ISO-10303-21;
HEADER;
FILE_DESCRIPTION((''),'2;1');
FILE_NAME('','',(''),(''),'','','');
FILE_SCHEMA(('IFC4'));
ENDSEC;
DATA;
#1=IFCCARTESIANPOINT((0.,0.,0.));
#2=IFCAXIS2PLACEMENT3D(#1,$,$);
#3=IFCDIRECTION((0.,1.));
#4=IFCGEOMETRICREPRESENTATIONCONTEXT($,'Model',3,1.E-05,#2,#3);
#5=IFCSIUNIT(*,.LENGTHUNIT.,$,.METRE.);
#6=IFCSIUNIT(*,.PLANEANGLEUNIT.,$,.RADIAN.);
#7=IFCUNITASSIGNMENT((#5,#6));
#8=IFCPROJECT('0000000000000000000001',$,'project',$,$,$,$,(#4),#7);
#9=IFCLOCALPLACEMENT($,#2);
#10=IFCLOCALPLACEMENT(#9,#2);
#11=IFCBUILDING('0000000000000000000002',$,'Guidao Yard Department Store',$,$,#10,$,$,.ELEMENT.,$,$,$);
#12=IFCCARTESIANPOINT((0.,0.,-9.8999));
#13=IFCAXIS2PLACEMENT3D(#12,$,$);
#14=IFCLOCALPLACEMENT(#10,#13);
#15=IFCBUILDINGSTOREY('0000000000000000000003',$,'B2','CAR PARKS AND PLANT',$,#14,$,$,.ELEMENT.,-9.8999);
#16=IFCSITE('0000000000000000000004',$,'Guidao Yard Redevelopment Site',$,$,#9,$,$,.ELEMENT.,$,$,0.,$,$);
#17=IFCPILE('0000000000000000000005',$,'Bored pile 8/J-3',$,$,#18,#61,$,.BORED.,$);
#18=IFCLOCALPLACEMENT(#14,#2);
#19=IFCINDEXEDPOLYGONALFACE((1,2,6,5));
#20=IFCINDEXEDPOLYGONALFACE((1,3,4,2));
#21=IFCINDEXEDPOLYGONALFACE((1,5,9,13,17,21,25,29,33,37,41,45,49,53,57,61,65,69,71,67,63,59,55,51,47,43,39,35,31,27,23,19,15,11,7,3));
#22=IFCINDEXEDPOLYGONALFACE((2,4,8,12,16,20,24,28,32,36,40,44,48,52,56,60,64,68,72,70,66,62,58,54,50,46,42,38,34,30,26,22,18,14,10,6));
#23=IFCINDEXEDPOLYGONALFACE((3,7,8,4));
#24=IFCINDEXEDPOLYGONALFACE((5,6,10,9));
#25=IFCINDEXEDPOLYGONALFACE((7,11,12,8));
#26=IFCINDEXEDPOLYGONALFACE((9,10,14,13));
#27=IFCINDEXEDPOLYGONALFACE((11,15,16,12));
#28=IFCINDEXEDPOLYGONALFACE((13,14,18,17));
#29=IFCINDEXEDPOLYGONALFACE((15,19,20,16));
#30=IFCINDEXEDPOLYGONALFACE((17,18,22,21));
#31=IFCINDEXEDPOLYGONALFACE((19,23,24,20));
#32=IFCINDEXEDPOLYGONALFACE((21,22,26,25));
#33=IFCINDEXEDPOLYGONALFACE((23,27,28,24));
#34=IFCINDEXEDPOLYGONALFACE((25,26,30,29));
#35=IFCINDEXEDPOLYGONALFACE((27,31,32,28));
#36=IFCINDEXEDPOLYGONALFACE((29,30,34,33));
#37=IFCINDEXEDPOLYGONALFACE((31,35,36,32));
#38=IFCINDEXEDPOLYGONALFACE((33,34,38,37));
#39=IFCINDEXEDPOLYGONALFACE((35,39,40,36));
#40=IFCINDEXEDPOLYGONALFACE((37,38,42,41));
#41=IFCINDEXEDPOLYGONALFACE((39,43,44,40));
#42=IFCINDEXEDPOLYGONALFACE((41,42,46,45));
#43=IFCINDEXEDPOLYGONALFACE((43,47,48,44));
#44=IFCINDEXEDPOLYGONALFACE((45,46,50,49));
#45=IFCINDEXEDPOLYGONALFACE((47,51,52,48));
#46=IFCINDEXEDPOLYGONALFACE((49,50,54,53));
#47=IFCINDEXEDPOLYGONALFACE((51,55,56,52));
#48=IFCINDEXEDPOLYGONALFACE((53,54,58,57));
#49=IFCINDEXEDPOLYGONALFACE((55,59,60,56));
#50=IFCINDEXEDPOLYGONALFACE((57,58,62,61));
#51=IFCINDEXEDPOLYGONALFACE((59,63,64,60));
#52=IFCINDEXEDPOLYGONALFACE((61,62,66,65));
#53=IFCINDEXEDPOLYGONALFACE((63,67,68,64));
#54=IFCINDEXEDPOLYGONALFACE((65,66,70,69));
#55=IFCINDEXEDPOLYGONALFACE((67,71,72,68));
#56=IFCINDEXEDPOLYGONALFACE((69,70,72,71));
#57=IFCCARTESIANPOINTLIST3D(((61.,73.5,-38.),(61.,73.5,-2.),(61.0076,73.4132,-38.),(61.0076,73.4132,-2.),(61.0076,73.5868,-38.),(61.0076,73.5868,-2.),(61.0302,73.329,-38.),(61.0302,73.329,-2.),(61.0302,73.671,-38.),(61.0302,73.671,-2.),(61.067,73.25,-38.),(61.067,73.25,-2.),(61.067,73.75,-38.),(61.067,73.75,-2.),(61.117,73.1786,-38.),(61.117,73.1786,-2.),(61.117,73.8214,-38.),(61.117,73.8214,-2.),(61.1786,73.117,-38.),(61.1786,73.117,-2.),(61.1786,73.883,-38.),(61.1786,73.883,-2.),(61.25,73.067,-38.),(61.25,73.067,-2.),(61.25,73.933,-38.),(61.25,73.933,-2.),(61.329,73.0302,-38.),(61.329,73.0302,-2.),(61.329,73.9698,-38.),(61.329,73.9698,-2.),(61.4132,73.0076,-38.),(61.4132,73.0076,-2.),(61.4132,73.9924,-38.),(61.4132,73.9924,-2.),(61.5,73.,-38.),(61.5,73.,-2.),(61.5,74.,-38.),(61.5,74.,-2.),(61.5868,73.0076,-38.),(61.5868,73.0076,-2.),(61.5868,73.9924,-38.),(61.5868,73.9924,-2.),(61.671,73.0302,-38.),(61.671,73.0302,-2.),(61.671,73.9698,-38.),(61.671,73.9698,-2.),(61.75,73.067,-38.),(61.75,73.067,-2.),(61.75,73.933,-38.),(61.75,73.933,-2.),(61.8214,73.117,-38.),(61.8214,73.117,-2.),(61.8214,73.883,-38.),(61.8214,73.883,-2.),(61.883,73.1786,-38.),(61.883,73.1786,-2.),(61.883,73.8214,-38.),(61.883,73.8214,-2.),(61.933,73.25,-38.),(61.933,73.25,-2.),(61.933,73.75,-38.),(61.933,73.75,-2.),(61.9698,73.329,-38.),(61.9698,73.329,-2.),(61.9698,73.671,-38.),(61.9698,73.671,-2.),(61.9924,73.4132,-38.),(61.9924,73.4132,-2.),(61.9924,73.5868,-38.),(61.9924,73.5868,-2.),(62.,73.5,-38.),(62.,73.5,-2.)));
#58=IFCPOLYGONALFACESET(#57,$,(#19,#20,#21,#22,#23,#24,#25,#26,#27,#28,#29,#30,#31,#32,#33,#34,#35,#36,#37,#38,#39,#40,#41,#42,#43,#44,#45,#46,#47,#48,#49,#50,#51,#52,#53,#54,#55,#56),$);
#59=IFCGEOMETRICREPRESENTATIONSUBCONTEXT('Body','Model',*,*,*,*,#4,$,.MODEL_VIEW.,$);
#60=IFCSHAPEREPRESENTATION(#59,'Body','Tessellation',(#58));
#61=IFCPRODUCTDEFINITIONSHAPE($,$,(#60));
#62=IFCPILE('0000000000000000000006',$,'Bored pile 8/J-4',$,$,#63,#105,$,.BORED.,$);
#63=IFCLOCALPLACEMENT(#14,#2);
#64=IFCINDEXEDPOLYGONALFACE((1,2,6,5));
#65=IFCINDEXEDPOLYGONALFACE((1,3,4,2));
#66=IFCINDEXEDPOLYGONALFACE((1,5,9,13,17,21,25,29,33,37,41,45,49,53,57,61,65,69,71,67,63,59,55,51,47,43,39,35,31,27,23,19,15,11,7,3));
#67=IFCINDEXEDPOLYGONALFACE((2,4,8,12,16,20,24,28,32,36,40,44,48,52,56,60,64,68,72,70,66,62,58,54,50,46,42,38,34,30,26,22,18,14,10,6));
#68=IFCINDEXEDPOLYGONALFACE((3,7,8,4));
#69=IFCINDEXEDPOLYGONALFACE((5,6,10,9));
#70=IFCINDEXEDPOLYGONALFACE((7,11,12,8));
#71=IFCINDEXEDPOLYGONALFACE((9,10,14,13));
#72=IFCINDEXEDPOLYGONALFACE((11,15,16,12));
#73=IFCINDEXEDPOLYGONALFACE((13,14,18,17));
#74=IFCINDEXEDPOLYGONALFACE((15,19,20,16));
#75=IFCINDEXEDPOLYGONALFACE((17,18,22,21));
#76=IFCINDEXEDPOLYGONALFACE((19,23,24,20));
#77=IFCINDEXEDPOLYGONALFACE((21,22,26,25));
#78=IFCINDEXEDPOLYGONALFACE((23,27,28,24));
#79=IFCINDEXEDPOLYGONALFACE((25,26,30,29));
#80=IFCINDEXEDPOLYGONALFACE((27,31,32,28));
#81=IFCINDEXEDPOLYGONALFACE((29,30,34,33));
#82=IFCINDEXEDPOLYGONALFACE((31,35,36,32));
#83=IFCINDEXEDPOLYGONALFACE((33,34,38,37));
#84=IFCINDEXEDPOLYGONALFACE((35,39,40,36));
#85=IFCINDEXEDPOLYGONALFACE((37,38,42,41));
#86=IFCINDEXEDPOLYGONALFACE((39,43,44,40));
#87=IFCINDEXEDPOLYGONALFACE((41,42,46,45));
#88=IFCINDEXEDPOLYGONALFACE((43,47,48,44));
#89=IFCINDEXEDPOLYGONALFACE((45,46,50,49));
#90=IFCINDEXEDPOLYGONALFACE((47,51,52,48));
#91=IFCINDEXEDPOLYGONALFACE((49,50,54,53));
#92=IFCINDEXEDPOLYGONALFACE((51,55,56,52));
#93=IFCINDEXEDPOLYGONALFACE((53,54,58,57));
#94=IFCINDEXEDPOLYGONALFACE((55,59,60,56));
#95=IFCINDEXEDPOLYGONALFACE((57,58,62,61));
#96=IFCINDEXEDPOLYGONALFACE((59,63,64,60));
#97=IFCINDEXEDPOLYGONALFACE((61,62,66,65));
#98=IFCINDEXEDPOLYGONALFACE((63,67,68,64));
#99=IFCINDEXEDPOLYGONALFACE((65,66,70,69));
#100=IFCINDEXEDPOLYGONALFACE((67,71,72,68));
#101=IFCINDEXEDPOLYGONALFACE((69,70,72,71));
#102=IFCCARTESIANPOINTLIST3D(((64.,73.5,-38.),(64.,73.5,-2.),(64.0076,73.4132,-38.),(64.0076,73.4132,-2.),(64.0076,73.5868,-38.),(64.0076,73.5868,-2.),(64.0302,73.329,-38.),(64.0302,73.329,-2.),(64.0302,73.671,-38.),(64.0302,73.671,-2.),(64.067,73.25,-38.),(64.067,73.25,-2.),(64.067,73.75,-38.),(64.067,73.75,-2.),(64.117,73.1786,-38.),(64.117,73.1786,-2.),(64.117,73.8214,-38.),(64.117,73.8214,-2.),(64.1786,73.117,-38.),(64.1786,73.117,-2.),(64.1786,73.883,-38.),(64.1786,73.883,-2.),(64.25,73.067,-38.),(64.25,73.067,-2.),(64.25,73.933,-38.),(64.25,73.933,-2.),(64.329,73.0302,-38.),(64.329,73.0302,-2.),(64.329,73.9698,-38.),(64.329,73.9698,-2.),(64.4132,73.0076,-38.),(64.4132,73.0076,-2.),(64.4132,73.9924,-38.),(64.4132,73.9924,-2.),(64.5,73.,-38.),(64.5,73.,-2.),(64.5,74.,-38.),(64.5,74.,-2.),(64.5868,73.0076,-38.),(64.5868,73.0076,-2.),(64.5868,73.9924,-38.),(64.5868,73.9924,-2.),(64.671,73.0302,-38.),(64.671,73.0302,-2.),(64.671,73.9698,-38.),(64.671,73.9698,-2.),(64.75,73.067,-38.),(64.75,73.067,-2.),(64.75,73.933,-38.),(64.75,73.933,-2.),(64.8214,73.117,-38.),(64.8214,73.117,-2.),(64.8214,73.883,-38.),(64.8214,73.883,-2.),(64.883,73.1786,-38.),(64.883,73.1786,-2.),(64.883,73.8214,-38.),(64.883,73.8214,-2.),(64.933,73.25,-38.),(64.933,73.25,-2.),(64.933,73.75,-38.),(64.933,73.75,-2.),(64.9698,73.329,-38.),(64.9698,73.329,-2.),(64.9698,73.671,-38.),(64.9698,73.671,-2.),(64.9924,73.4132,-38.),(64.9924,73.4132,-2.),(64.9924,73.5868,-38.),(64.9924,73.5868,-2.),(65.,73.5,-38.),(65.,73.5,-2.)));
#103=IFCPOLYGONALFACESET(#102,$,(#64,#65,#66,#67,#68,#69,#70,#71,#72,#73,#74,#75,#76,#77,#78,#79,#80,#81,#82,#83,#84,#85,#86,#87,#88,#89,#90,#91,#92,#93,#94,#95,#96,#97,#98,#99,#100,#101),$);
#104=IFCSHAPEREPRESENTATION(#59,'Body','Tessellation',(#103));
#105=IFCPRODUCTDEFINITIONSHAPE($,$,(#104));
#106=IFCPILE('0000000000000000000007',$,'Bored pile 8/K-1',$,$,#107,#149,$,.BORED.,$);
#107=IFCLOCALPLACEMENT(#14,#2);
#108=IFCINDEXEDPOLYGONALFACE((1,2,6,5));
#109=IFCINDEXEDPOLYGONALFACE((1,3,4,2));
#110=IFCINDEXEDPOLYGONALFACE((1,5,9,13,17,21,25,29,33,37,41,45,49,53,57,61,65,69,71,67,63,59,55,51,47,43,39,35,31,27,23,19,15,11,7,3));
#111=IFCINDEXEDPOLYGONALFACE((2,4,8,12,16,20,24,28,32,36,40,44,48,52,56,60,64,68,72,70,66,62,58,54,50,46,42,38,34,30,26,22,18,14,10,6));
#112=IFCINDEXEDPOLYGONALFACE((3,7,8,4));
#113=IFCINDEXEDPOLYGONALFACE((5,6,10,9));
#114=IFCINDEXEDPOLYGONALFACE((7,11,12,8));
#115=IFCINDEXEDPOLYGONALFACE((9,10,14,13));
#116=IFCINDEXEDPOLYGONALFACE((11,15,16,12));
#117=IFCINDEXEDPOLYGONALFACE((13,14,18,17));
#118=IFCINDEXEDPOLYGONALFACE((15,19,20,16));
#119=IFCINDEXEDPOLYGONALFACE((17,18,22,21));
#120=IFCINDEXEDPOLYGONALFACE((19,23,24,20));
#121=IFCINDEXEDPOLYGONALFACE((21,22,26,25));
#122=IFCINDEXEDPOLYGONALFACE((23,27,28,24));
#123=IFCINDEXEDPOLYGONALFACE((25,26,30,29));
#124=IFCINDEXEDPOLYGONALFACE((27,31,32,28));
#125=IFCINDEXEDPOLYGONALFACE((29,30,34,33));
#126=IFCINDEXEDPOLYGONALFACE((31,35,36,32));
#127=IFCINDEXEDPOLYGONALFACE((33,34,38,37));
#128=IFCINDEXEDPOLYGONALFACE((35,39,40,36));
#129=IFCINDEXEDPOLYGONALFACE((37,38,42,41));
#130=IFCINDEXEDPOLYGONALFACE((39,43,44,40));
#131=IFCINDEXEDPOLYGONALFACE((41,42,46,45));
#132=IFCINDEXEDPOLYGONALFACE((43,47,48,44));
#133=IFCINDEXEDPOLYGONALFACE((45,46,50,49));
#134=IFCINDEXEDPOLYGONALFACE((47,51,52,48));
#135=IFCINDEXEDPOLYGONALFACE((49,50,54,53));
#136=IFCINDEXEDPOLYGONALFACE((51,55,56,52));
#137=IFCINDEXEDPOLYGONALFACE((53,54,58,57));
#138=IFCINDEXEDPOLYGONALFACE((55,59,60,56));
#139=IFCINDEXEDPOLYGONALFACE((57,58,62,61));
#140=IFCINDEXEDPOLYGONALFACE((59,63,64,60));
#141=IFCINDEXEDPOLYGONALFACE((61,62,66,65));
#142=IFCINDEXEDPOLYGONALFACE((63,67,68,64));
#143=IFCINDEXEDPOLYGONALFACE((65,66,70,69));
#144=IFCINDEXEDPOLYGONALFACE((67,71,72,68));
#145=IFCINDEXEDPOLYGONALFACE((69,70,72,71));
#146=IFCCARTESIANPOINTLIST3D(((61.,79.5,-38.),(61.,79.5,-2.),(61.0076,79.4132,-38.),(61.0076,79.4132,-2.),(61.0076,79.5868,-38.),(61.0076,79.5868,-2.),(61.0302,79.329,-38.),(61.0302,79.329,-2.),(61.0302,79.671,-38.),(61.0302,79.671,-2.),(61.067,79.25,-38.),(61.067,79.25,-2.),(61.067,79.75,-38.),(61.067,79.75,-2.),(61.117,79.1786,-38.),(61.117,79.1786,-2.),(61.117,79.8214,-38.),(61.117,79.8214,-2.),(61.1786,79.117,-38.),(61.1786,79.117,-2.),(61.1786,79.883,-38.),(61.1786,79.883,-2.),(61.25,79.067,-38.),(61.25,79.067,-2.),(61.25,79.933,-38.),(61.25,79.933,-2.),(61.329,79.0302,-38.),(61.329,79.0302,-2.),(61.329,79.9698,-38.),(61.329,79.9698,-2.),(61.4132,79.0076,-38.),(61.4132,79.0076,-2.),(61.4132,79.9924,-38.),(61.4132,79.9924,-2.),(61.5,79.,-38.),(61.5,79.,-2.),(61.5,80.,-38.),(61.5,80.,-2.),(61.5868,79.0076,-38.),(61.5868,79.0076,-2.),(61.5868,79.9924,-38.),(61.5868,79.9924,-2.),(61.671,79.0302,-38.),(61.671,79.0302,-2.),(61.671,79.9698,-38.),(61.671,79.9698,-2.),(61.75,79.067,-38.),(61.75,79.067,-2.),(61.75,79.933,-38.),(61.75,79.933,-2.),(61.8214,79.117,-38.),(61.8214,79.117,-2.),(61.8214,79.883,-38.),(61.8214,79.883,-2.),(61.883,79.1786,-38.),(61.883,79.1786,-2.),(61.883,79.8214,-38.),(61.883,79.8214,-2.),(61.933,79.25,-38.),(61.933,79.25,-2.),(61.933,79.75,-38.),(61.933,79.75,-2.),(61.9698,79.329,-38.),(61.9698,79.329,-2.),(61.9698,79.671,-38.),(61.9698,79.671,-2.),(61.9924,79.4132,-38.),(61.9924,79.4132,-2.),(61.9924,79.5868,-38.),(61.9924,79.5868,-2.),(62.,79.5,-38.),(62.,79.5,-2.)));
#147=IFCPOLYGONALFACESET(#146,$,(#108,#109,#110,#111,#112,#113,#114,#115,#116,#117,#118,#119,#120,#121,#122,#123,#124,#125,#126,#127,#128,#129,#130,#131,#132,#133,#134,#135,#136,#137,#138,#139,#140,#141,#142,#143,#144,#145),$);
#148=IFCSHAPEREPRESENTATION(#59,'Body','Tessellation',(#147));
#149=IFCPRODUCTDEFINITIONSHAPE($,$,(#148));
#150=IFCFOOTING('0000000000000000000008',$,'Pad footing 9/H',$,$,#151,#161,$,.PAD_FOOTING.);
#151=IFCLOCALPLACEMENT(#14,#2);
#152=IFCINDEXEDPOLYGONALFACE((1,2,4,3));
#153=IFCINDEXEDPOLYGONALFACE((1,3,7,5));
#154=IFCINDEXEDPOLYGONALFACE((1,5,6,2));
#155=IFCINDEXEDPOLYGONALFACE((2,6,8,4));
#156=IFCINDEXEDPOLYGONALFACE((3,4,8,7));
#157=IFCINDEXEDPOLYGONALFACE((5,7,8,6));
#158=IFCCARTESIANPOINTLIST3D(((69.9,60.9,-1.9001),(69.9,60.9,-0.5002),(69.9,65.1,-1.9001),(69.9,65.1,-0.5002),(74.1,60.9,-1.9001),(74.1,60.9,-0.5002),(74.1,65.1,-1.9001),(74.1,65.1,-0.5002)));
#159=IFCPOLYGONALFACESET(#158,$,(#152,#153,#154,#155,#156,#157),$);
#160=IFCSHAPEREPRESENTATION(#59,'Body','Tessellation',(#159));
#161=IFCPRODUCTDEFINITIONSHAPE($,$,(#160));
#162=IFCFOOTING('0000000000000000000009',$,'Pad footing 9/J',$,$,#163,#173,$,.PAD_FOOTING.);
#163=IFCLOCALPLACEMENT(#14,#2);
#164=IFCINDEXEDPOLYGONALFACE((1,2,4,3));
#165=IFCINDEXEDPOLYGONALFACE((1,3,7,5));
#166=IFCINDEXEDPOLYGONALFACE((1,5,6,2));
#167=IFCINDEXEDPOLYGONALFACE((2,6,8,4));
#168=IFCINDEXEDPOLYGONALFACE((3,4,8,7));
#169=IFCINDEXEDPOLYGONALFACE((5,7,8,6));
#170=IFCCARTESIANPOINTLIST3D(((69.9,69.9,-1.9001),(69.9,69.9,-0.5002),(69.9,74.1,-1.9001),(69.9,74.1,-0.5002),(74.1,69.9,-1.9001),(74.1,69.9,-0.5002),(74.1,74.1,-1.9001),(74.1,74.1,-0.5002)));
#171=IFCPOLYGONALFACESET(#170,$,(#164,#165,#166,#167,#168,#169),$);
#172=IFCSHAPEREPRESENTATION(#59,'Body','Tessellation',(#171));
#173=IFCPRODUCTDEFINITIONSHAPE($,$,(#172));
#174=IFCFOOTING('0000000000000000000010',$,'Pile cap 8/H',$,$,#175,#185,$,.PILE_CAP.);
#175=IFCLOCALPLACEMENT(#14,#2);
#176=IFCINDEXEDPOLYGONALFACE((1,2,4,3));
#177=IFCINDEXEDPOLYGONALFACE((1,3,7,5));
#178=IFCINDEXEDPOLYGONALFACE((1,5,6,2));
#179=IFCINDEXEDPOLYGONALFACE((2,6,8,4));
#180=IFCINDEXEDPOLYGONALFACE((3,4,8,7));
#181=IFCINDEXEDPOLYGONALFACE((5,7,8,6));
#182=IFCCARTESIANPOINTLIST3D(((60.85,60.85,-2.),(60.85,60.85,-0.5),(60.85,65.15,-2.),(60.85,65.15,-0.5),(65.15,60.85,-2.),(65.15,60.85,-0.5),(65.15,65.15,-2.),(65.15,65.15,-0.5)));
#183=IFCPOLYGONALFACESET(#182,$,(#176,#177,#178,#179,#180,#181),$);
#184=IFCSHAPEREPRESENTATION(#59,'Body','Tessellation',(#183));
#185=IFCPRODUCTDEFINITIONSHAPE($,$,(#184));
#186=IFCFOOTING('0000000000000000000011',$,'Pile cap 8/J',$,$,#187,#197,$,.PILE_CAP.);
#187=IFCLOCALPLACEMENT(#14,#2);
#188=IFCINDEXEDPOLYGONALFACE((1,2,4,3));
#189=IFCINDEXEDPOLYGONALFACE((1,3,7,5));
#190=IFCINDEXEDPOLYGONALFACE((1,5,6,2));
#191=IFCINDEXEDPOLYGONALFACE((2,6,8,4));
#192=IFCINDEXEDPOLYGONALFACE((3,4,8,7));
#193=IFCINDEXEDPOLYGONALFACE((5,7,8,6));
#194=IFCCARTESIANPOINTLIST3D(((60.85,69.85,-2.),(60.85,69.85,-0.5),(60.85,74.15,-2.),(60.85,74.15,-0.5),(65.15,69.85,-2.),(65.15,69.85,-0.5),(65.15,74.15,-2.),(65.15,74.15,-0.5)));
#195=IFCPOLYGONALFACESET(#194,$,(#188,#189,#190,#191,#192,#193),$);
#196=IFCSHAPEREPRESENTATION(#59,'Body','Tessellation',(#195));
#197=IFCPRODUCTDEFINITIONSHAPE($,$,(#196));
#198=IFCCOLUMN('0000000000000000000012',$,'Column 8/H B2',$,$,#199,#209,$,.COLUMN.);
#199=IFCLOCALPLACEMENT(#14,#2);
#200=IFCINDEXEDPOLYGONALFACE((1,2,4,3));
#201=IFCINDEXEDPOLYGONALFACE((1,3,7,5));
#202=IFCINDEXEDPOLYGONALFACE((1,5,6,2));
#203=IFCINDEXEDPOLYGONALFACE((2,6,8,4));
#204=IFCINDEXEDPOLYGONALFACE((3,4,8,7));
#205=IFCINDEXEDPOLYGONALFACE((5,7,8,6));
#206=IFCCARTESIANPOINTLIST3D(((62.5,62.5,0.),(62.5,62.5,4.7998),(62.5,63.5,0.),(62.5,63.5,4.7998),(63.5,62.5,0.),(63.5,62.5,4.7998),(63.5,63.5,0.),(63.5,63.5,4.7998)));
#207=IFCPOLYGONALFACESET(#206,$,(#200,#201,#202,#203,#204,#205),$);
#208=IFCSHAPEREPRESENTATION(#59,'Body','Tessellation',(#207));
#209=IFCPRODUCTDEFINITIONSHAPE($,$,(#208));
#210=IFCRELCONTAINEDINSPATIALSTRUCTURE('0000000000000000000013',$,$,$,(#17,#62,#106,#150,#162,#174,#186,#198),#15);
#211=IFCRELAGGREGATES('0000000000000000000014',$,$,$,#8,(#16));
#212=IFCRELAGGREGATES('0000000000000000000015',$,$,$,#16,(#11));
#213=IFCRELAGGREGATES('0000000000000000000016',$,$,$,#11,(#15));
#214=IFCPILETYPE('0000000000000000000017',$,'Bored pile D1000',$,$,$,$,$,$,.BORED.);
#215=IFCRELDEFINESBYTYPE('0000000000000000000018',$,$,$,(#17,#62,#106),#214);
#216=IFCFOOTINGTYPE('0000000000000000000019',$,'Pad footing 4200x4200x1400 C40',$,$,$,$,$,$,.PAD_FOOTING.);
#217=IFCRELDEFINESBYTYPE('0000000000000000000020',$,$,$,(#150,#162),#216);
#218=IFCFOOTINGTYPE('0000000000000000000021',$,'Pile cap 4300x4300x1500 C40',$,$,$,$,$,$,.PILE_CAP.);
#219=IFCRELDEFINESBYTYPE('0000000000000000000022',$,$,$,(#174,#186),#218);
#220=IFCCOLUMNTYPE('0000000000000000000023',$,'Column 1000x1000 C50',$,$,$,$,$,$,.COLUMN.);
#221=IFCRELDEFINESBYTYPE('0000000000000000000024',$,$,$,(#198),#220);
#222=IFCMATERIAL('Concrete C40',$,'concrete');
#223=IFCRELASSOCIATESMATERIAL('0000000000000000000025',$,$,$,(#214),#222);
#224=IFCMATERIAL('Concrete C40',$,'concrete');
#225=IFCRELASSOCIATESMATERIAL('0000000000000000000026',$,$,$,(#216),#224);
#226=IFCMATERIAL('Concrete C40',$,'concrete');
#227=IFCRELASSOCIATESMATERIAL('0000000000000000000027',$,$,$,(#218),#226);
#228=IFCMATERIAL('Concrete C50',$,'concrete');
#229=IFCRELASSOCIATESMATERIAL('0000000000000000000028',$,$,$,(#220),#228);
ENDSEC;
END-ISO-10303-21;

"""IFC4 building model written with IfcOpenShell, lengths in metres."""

from ifc_helpers import new_model, si_unit, direction, frame, origin, origin_2d, place, context, subcontext, project, spatial, rectangle, circle, extrude, material, material_profile, profile_set, type_object, element, save


model = new_model("IFC4")

# Units and contexts
model_context = context("Model", 3, precision=1e-05, world=origin(), true_north=direction((0.0, 1.0)))
body_context = subcontext(model_context, "Body", "Model", "MODEL_VIEW")
ifc_project = project(units=[si_unit("LENGTHUNIT", "METRE"), si_unit("PLANEANGLEUNIT", "RADIAN")], contexts=[model_context])

# Site, building, storey
site_placement = place(None, origin())
site = spatial("IfcSite", under=ifc_project, at=site_placement, Name="Guidao Yard Redevelopment Site", CompositionType="ELEMENT", RefElevation=0.0)
building_placement = place(site_placement, origin())
building = spatial("IfcBuilding", under=site, at=building_placement, Name="Guidao Yard Department Store", CompositionType="ELEMENT")
storey_placement = place(building_placement, frame((0.0, 0.0, -9.8999)))
storey = spatial("IfcBuildingStorey", under=building, at=storey_placement, Name="B2", Description="CAR PARKS AND PLANT", CompositionType="ELEMENT", Elevation=-9.8999)

# Piles
ifc_material_1 = material(Name="Concrete C40", Category="concrete")
ifc_material_profile_1 = material_profile(ifc_material_1, circle(Radius=0.5, at=origin_2d()), Name="Bored pile D1000")
ifc_profile_set_1 = profile_set([ifc_material_profile_1], Name="Concrete C40")
pile_type = type_object("IfcPileType", Name="Bored pile D1000", PredefinedType="BORED", material=ifc_profile_set_1)
for number, where, z_axis, x_axis, name in (
    (1, (61.5, 73.5, -2.0), (0.0, 0.0, -1.0), (1.0, 0.0, 0.0), "Bored pile 8/J-3"),
    (2, (64.5, 73.5, -2.0), (0.0, 0.0, -1.0), (1.0, 0.0, 0.0), "Bored pile 8/J-4"),
    (3, (61.5, 79.5, -2.0), (0.0, 0.0, -1.0), (1.0, 0.0, 0.0), "Bored pile 8/K-1"),
):
    element("IfcPile", number, at=place(storey_placement, frame(where, z_axis=z_axis, x_axis=x_axis)), inside=storey, type_object=pile_type, Name=name, PredefinedType="BORED", context=body_context, shape_type="SweptSolid", body=[
        extrude(circle(Radius=0.5, at=origin_2d()), origin(), (0.0, 0.0, 1.0), 36.0),
    ])

# Footings
ifc_material_2 = material(Name="Concrete C40", Category="concrete")
footing_type_1 = type_object("IfcFootingType", Name="Pad footing 4200x4200x1400 C40", PredefinedType="PAD_FOOTING", material=ifc_material_2)
for number, where, z_axis, x_axis, name in (
    (4, (72.0, 63.0, -1.9001), (0.0, 0.0, 1.0), (1.0, 0.0, 0.0), "Pad footing 9/H"),
    (5, (72.0, 72.0, -1.9001), (0.0, 0.0, 1.0), (1.0, 0.0, 0.0), "Pad footing 9/J"),
):
    element("IfcFooting", number, at=place(storey_placement, frame(where, z_axis=z_axis, x_axis=x_axis)), inside=storey, type_object=footing_type_1, Name=name, PredefinedType="PAD_FOOTING", context=body_context, shape_type="SweptSolid", body=[
        extrude(rectangle(XDim=4.2, YDim=4.2, at=origin_2d()), origin(), (0.0, 0.0, 1.0), 1.3999),
    ])
ifc_material_3 = material(Name="Concrete C40", Category="concrete")
footing_type_2 = type_object("IfcFootingType", Name="Pile cap 4300x4300x1500 C40", PredefinedType="PILE_CAP", material=ifc_material_3)
for number, where, z_axis, x_axis, name in (
    (6, (63.0, 63.0, -2.0), (0.0, 0.0, 1.0), (1.0, 0.0, 0.0), "Pile cap 8/H"),
    (7, (63.0, 72.0, -2.0), (0.0, 0.0, 1.0), (1.0, 0.0, 0.0), "Pile cap 8/J"),
):
    element("IfcFooting", number, at=place(storey_placement, frame(where, z_axis=z_axis, x_axis=x_axis)), inside=storey, type_object=footing_type_2, Name=name, PredefinedType="PILE_CAP", context=body_context, shape_type="SweptSolid", body=[
        extrude(rectangle(XDim=4.3, YDim=4.3, at=origin_2d()), origin(), (0.0, 0.0, 1.0), 1.5),
    ])

# Column
ifc_material_4 = material(Name="Concrete C50", Category="concrete")
ifc_material_profile_2 = material_profile(ifc_material_4, rectangle(XDim=1.0, YDim=1.0, at=origin_2d()), Name="COL 1000x1000")
ifc_profile_set_2 = profile_set([ifc_material_profile_2], Name="Concrete C50")
column_type_1 = type_object("IfcColumnType", Name="Column 1000x1000 C50", PredefinedType="COLUMN", material=ifc_profile_set_2)
for number, where, z_axis, x_axis, name in (
    (8, (63.0, 63.0, 0.0), (0.0, 0.0, 1.0), (1.0, 0.0, 0.0), "Column 8/H B2"),
):
    element("IfcColumn", number, at=place(storey_placement, frame(where, z_axis=z_axis, x_axis=x_axis)), inside=storey, type_object=column_type_1, Name=name, PredefinedType="COLUMN", context=body_context, shape_type="SweptSolid", body=[
        extrude(rectangle(XDim=1.0, YDim=1.0, at=origin_2d()), origin(), (0.0, 0.0, 1.0), 4.7998),
    ])

save(model, "model.ifc")
